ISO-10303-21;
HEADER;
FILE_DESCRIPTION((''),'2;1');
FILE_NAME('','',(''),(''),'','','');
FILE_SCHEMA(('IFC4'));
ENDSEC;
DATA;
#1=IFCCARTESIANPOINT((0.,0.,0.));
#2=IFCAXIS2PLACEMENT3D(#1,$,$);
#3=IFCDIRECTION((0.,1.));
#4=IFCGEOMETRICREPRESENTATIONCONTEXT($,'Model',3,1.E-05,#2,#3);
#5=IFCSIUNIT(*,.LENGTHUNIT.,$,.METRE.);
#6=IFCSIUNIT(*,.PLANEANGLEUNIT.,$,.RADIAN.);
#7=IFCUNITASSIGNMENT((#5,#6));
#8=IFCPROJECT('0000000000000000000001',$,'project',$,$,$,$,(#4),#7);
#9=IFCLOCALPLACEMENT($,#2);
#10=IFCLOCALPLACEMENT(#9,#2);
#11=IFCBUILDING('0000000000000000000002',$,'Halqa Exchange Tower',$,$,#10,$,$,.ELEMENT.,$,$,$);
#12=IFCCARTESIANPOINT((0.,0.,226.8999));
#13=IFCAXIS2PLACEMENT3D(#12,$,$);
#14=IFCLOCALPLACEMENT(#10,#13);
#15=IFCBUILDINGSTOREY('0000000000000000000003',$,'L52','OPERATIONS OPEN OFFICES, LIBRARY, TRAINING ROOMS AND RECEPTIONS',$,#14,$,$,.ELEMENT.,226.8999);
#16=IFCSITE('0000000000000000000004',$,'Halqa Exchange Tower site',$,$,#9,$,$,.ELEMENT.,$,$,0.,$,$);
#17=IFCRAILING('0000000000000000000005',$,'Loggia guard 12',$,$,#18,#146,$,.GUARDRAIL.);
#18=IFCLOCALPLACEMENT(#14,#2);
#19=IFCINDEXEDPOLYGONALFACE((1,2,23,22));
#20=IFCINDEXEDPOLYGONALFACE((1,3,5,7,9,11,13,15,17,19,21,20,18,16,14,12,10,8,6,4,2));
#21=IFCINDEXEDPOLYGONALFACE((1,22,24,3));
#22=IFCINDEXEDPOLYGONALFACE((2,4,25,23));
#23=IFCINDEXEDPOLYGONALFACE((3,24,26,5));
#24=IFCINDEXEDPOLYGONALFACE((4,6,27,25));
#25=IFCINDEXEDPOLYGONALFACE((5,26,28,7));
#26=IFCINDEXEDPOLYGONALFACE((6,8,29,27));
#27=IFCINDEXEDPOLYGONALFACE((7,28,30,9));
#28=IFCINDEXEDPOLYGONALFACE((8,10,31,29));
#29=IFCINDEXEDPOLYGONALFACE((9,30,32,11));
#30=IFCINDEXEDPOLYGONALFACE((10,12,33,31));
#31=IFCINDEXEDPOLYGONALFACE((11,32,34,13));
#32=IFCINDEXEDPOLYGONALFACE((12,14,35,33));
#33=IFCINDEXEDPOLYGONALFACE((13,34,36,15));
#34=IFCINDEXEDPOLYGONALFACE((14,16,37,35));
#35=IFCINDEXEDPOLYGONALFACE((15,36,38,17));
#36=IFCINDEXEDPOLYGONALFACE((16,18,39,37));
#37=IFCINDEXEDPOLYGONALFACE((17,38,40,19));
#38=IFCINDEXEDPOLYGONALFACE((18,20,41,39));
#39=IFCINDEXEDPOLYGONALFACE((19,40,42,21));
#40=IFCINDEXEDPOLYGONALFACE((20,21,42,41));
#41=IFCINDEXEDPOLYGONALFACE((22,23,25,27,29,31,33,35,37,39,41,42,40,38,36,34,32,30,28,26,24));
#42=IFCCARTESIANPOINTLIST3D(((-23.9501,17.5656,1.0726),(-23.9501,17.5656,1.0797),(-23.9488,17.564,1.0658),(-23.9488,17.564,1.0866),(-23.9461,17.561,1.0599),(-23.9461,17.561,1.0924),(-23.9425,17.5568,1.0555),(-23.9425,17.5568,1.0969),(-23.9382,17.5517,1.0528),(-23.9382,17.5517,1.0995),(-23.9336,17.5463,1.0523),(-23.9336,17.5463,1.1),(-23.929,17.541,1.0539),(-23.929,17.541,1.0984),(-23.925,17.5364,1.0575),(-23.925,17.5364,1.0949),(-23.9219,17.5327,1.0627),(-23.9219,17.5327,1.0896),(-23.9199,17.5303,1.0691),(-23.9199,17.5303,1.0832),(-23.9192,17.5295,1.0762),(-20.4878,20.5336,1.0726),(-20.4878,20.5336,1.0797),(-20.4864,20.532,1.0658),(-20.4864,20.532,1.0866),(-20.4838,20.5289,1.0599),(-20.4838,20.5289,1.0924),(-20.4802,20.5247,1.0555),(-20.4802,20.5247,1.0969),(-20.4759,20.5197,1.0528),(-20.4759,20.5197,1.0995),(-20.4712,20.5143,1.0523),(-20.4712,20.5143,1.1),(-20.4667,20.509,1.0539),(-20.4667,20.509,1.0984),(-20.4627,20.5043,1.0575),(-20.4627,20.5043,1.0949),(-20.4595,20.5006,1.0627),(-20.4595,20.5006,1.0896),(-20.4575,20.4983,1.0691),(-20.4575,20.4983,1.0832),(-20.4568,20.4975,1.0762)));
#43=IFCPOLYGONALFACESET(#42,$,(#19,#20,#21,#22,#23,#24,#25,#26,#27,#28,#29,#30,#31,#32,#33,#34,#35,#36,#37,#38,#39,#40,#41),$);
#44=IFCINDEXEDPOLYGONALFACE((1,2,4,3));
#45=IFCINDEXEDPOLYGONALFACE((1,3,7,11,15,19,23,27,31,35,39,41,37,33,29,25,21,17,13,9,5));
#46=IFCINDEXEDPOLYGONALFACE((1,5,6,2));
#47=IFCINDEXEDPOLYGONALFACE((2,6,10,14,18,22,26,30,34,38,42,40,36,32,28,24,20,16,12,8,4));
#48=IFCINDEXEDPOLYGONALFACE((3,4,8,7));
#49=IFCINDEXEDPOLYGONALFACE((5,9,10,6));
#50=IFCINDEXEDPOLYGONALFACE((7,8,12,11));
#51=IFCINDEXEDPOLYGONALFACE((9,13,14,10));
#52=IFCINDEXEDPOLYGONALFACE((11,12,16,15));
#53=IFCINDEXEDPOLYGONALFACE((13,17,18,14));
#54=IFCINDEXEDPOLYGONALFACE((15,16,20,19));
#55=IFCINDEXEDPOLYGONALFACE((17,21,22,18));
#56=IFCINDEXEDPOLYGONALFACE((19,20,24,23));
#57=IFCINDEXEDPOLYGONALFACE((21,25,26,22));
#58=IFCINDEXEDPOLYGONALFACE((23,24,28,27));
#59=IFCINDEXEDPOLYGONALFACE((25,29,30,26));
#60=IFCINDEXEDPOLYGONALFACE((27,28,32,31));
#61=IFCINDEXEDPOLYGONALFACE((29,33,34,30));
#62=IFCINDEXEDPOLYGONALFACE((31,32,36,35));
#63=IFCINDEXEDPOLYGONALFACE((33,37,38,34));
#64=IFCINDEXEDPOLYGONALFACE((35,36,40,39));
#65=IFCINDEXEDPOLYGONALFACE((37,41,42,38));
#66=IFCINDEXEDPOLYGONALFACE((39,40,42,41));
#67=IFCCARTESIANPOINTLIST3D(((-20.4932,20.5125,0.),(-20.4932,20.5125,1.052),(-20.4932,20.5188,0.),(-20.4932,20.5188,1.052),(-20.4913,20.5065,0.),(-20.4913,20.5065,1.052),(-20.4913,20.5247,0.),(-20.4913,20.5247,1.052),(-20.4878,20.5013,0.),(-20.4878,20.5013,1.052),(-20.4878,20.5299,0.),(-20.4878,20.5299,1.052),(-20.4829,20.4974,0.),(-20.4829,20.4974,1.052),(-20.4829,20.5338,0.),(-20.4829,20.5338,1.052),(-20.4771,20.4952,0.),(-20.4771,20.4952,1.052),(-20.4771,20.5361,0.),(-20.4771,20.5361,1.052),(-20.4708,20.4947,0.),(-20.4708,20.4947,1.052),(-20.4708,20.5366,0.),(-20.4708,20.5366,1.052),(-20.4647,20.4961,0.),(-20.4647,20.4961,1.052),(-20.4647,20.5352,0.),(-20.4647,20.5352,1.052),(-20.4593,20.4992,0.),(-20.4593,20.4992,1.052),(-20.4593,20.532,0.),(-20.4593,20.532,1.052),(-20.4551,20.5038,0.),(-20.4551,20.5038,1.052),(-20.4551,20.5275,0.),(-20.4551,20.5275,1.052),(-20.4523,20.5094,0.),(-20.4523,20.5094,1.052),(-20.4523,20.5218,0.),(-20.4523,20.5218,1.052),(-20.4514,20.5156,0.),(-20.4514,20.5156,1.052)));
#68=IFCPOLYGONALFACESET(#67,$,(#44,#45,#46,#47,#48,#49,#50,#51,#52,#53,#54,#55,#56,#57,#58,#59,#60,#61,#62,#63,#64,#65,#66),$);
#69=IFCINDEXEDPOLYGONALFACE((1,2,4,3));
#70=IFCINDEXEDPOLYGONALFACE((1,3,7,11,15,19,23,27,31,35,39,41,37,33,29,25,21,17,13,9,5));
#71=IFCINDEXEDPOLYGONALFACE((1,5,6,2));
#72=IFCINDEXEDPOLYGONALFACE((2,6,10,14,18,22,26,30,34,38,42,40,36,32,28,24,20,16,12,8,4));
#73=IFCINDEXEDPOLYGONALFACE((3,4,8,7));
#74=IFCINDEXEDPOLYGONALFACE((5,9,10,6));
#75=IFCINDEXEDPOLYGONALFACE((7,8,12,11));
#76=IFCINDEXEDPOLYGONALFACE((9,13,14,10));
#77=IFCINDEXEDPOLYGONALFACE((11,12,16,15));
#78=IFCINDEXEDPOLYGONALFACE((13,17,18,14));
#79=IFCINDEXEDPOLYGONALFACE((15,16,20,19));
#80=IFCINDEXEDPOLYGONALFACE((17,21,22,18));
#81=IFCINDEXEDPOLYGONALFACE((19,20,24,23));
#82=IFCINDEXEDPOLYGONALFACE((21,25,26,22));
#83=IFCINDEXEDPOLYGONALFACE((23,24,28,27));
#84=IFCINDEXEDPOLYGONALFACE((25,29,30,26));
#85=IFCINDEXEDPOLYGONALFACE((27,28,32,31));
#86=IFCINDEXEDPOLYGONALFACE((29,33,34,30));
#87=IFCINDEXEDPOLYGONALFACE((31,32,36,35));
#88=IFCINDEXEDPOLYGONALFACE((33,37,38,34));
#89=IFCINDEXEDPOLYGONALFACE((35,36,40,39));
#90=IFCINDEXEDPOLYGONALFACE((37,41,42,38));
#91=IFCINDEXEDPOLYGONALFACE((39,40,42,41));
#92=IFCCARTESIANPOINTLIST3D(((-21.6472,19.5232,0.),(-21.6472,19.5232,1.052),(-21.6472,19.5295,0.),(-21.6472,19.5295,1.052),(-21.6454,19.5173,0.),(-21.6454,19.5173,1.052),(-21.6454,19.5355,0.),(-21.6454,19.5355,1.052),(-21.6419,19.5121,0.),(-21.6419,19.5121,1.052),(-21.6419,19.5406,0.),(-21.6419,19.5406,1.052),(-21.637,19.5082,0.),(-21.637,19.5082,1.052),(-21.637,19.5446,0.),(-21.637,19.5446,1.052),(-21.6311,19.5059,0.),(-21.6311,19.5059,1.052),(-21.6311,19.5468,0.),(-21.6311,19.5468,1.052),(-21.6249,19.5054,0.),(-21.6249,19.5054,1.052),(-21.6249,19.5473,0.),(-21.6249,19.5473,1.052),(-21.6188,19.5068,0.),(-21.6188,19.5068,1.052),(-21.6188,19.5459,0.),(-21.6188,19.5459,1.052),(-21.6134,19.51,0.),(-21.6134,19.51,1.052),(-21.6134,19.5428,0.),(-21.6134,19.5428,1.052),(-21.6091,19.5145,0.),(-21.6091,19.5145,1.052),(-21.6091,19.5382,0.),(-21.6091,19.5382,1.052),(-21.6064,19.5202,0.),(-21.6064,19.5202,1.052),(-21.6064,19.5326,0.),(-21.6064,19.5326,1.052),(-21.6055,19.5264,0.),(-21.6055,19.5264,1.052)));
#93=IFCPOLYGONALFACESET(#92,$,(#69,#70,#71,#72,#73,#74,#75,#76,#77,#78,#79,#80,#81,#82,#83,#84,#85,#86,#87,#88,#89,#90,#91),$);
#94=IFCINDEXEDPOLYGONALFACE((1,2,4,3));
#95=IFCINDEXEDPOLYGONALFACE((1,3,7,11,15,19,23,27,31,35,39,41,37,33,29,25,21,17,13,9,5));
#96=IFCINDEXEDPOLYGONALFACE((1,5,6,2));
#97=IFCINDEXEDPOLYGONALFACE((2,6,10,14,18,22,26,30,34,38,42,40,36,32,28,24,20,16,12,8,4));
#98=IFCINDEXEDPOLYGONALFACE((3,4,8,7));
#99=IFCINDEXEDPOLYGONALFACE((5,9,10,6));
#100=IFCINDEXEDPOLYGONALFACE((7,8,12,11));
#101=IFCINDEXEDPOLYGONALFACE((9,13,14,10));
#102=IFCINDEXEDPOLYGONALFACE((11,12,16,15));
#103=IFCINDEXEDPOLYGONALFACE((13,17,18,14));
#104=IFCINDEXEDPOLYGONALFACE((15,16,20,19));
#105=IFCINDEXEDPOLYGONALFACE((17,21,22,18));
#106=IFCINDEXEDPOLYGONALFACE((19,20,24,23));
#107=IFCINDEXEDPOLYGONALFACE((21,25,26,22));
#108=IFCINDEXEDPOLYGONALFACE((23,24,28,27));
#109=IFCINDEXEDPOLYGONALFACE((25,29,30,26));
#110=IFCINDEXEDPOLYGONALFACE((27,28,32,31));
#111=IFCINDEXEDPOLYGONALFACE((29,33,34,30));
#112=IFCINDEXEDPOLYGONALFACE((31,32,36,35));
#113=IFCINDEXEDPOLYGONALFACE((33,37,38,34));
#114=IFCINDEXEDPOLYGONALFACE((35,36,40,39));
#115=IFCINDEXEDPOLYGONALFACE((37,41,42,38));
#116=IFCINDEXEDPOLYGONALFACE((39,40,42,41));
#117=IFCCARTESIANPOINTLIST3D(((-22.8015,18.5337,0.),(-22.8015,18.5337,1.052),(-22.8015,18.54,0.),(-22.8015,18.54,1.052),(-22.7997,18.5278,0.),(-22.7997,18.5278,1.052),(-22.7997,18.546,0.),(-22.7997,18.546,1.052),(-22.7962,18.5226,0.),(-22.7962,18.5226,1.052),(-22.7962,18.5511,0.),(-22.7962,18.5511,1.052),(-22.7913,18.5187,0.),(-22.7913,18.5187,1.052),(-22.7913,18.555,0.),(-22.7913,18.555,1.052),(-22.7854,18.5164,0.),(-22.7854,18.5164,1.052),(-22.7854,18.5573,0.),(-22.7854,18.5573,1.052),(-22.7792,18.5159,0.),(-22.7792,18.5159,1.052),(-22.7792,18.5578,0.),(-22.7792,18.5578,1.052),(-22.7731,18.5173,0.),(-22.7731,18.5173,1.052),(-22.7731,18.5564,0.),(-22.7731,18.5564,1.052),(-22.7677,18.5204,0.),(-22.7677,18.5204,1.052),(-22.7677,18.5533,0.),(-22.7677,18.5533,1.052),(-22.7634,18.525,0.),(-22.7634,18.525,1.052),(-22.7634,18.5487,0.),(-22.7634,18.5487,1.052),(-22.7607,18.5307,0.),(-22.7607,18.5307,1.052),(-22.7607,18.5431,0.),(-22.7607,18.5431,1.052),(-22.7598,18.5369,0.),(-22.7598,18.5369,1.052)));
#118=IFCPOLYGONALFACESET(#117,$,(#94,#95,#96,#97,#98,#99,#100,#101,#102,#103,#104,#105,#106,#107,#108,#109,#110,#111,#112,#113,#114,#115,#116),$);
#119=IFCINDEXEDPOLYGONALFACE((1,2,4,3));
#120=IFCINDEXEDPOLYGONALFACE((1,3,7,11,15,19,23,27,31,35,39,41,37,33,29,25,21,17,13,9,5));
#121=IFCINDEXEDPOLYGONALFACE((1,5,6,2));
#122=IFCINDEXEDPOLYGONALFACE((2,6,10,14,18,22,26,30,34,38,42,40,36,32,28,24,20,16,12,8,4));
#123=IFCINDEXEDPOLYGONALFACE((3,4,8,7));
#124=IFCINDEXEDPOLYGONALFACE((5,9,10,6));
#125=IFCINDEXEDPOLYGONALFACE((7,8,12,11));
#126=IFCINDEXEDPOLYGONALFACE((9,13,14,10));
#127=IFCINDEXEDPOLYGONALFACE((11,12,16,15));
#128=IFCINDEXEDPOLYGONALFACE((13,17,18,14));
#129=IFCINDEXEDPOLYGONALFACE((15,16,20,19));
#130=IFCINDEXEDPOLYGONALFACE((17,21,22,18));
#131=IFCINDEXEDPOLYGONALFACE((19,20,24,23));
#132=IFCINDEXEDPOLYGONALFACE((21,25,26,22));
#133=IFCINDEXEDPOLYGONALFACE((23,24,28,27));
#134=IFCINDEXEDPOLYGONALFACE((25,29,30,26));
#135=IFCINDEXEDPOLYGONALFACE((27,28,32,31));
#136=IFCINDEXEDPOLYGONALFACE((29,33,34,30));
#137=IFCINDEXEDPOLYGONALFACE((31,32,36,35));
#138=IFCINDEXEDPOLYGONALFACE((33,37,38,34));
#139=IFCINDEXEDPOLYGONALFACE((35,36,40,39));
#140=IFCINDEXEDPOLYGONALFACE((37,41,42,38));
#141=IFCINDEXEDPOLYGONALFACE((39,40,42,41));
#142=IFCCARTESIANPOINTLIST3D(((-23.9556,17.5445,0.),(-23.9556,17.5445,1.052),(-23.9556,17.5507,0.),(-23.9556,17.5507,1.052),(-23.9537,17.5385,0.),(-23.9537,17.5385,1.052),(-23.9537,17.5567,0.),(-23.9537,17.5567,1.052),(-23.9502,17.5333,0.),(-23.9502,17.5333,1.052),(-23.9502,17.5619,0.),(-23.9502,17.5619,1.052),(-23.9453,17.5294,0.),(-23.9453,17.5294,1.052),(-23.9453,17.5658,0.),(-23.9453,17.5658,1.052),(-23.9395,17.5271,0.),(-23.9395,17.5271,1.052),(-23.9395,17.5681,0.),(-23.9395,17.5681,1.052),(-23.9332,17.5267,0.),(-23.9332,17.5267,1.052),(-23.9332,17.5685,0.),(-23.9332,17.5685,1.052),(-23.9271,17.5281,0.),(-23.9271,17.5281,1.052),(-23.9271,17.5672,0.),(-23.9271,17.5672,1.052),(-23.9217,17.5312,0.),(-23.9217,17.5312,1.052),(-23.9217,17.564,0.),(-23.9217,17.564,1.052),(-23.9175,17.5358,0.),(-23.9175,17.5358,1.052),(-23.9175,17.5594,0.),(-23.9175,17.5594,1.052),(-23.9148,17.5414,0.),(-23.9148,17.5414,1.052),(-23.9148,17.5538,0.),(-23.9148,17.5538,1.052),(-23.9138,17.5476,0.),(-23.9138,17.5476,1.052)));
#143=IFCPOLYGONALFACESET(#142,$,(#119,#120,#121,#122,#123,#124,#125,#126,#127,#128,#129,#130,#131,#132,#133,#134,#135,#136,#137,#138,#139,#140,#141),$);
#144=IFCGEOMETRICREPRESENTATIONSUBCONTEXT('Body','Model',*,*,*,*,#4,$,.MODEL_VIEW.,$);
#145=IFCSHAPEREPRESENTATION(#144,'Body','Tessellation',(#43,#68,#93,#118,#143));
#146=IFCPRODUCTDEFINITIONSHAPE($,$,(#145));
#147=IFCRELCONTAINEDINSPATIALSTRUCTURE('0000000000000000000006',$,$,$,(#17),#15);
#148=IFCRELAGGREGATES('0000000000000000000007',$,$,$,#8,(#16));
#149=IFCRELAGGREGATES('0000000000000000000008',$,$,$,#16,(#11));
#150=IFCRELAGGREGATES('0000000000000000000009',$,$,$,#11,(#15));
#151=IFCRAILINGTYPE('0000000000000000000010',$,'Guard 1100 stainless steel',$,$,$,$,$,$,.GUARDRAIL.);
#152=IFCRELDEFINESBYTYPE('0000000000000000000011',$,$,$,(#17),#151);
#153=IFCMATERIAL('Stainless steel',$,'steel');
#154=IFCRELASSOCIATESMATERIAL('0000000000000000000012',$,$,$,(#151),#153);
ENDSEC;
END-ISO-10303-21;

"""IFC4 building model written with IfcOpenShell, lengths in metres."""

from ifc_helpers import new_model, si_unit, direction, frame, origin, origin_2d, place, context, subcontext, project, spatial, circle, extrude, material, type_object, element, save


model = new_model("IFC4")

# Units and contexts
model_context = context("Model", 3, precision=1e-05, world=origin(), true_north=direction((0.0, 1.0)))
body_context = subcontext(model_context, "Body", "Model", "MODEL_VIEW")
ifc_project = project(units=[si_unit("LENGTHUNIT", "METRE"), si_unit("PLANEANGLEUNIT", "RADIAN")], contexts=[model_context])

# Site, building, storey
site_placement = place(None, origin())
site = spatial("IfcSite", under=ifc_project, at=site_placement, Name="Halqa Exchange Tower site", CompositionType="ELEMENT", RefElevation=0.0)
building_placement = place(site_placement, origin())
building = spatial("IfcBuilding", under=site, at=building_placement, Name="Halqa Exchange Tower", CompositionType="ELEMENT")
storey_placement = place(building_placement, frame((0.0, 0.0, 226.8999)))
storey = spatial("IfcBuildingStorey", under=building, at=storey_placement, Name="L52", Description="OPERATIONS OPEN OFFICES, LIBRARY, TRAINING ROOMS AND RECEPTIONS", CompositionType="ELEMENT", Elevation=226.8999)

# Railing
ifc_material_1 = material(Name="Stainless steel", Category="steel")
railing_type = type_object("IfcRailingType", Name="Guard 1100 stainless steel", PredefinedType="GUARDRAIL", material=ifc_material_1)
railing_1_placement = place(storey_placement, frame((-20.4724, 20.5156, 0.0)))
element("IfcRailing", 1, at=railing_1_placement, inside=storey, type_object=railing_type, Name="Loggia guard 12", PredefinedType="GUARDRAIL", context=body_context, shape_type="SweptSolid", body=[
    extrude(circle(Radius=0.0239, at=origin_2d()), frame((0.0, 0.0, 1.0762), z_axis=(-0.75923, -0.650822, 0.0), x_axis=(0.650822, -0.75923, 0.0)), (0.0, 0.0, 1.0), 4.5603),
    extrude(circle(Radius=0.021, at=origin_2d()), origin(), (0.0, 0.0, 1.0), 1.052),
    extrude(circle(Radius=0.021, at=origin_2d()), frame((-1.1541, -0.9893, 0.0)), (0.0, 0.0, 1.0), 1.052),
    extrude(circle(Radius=0.021, at=origin_2d()), frame((-2.3083, -1.9788, 0.0)), (0.0, 0.0, 1.0), 1.052),
    extrude(circle(Radius=0.021, at=origin_2d()), frame((-3.4624, -2.968, 0.0)), (0.0, 0.0, 1.0), 1.052),
])

save(model, "model.ifc")
